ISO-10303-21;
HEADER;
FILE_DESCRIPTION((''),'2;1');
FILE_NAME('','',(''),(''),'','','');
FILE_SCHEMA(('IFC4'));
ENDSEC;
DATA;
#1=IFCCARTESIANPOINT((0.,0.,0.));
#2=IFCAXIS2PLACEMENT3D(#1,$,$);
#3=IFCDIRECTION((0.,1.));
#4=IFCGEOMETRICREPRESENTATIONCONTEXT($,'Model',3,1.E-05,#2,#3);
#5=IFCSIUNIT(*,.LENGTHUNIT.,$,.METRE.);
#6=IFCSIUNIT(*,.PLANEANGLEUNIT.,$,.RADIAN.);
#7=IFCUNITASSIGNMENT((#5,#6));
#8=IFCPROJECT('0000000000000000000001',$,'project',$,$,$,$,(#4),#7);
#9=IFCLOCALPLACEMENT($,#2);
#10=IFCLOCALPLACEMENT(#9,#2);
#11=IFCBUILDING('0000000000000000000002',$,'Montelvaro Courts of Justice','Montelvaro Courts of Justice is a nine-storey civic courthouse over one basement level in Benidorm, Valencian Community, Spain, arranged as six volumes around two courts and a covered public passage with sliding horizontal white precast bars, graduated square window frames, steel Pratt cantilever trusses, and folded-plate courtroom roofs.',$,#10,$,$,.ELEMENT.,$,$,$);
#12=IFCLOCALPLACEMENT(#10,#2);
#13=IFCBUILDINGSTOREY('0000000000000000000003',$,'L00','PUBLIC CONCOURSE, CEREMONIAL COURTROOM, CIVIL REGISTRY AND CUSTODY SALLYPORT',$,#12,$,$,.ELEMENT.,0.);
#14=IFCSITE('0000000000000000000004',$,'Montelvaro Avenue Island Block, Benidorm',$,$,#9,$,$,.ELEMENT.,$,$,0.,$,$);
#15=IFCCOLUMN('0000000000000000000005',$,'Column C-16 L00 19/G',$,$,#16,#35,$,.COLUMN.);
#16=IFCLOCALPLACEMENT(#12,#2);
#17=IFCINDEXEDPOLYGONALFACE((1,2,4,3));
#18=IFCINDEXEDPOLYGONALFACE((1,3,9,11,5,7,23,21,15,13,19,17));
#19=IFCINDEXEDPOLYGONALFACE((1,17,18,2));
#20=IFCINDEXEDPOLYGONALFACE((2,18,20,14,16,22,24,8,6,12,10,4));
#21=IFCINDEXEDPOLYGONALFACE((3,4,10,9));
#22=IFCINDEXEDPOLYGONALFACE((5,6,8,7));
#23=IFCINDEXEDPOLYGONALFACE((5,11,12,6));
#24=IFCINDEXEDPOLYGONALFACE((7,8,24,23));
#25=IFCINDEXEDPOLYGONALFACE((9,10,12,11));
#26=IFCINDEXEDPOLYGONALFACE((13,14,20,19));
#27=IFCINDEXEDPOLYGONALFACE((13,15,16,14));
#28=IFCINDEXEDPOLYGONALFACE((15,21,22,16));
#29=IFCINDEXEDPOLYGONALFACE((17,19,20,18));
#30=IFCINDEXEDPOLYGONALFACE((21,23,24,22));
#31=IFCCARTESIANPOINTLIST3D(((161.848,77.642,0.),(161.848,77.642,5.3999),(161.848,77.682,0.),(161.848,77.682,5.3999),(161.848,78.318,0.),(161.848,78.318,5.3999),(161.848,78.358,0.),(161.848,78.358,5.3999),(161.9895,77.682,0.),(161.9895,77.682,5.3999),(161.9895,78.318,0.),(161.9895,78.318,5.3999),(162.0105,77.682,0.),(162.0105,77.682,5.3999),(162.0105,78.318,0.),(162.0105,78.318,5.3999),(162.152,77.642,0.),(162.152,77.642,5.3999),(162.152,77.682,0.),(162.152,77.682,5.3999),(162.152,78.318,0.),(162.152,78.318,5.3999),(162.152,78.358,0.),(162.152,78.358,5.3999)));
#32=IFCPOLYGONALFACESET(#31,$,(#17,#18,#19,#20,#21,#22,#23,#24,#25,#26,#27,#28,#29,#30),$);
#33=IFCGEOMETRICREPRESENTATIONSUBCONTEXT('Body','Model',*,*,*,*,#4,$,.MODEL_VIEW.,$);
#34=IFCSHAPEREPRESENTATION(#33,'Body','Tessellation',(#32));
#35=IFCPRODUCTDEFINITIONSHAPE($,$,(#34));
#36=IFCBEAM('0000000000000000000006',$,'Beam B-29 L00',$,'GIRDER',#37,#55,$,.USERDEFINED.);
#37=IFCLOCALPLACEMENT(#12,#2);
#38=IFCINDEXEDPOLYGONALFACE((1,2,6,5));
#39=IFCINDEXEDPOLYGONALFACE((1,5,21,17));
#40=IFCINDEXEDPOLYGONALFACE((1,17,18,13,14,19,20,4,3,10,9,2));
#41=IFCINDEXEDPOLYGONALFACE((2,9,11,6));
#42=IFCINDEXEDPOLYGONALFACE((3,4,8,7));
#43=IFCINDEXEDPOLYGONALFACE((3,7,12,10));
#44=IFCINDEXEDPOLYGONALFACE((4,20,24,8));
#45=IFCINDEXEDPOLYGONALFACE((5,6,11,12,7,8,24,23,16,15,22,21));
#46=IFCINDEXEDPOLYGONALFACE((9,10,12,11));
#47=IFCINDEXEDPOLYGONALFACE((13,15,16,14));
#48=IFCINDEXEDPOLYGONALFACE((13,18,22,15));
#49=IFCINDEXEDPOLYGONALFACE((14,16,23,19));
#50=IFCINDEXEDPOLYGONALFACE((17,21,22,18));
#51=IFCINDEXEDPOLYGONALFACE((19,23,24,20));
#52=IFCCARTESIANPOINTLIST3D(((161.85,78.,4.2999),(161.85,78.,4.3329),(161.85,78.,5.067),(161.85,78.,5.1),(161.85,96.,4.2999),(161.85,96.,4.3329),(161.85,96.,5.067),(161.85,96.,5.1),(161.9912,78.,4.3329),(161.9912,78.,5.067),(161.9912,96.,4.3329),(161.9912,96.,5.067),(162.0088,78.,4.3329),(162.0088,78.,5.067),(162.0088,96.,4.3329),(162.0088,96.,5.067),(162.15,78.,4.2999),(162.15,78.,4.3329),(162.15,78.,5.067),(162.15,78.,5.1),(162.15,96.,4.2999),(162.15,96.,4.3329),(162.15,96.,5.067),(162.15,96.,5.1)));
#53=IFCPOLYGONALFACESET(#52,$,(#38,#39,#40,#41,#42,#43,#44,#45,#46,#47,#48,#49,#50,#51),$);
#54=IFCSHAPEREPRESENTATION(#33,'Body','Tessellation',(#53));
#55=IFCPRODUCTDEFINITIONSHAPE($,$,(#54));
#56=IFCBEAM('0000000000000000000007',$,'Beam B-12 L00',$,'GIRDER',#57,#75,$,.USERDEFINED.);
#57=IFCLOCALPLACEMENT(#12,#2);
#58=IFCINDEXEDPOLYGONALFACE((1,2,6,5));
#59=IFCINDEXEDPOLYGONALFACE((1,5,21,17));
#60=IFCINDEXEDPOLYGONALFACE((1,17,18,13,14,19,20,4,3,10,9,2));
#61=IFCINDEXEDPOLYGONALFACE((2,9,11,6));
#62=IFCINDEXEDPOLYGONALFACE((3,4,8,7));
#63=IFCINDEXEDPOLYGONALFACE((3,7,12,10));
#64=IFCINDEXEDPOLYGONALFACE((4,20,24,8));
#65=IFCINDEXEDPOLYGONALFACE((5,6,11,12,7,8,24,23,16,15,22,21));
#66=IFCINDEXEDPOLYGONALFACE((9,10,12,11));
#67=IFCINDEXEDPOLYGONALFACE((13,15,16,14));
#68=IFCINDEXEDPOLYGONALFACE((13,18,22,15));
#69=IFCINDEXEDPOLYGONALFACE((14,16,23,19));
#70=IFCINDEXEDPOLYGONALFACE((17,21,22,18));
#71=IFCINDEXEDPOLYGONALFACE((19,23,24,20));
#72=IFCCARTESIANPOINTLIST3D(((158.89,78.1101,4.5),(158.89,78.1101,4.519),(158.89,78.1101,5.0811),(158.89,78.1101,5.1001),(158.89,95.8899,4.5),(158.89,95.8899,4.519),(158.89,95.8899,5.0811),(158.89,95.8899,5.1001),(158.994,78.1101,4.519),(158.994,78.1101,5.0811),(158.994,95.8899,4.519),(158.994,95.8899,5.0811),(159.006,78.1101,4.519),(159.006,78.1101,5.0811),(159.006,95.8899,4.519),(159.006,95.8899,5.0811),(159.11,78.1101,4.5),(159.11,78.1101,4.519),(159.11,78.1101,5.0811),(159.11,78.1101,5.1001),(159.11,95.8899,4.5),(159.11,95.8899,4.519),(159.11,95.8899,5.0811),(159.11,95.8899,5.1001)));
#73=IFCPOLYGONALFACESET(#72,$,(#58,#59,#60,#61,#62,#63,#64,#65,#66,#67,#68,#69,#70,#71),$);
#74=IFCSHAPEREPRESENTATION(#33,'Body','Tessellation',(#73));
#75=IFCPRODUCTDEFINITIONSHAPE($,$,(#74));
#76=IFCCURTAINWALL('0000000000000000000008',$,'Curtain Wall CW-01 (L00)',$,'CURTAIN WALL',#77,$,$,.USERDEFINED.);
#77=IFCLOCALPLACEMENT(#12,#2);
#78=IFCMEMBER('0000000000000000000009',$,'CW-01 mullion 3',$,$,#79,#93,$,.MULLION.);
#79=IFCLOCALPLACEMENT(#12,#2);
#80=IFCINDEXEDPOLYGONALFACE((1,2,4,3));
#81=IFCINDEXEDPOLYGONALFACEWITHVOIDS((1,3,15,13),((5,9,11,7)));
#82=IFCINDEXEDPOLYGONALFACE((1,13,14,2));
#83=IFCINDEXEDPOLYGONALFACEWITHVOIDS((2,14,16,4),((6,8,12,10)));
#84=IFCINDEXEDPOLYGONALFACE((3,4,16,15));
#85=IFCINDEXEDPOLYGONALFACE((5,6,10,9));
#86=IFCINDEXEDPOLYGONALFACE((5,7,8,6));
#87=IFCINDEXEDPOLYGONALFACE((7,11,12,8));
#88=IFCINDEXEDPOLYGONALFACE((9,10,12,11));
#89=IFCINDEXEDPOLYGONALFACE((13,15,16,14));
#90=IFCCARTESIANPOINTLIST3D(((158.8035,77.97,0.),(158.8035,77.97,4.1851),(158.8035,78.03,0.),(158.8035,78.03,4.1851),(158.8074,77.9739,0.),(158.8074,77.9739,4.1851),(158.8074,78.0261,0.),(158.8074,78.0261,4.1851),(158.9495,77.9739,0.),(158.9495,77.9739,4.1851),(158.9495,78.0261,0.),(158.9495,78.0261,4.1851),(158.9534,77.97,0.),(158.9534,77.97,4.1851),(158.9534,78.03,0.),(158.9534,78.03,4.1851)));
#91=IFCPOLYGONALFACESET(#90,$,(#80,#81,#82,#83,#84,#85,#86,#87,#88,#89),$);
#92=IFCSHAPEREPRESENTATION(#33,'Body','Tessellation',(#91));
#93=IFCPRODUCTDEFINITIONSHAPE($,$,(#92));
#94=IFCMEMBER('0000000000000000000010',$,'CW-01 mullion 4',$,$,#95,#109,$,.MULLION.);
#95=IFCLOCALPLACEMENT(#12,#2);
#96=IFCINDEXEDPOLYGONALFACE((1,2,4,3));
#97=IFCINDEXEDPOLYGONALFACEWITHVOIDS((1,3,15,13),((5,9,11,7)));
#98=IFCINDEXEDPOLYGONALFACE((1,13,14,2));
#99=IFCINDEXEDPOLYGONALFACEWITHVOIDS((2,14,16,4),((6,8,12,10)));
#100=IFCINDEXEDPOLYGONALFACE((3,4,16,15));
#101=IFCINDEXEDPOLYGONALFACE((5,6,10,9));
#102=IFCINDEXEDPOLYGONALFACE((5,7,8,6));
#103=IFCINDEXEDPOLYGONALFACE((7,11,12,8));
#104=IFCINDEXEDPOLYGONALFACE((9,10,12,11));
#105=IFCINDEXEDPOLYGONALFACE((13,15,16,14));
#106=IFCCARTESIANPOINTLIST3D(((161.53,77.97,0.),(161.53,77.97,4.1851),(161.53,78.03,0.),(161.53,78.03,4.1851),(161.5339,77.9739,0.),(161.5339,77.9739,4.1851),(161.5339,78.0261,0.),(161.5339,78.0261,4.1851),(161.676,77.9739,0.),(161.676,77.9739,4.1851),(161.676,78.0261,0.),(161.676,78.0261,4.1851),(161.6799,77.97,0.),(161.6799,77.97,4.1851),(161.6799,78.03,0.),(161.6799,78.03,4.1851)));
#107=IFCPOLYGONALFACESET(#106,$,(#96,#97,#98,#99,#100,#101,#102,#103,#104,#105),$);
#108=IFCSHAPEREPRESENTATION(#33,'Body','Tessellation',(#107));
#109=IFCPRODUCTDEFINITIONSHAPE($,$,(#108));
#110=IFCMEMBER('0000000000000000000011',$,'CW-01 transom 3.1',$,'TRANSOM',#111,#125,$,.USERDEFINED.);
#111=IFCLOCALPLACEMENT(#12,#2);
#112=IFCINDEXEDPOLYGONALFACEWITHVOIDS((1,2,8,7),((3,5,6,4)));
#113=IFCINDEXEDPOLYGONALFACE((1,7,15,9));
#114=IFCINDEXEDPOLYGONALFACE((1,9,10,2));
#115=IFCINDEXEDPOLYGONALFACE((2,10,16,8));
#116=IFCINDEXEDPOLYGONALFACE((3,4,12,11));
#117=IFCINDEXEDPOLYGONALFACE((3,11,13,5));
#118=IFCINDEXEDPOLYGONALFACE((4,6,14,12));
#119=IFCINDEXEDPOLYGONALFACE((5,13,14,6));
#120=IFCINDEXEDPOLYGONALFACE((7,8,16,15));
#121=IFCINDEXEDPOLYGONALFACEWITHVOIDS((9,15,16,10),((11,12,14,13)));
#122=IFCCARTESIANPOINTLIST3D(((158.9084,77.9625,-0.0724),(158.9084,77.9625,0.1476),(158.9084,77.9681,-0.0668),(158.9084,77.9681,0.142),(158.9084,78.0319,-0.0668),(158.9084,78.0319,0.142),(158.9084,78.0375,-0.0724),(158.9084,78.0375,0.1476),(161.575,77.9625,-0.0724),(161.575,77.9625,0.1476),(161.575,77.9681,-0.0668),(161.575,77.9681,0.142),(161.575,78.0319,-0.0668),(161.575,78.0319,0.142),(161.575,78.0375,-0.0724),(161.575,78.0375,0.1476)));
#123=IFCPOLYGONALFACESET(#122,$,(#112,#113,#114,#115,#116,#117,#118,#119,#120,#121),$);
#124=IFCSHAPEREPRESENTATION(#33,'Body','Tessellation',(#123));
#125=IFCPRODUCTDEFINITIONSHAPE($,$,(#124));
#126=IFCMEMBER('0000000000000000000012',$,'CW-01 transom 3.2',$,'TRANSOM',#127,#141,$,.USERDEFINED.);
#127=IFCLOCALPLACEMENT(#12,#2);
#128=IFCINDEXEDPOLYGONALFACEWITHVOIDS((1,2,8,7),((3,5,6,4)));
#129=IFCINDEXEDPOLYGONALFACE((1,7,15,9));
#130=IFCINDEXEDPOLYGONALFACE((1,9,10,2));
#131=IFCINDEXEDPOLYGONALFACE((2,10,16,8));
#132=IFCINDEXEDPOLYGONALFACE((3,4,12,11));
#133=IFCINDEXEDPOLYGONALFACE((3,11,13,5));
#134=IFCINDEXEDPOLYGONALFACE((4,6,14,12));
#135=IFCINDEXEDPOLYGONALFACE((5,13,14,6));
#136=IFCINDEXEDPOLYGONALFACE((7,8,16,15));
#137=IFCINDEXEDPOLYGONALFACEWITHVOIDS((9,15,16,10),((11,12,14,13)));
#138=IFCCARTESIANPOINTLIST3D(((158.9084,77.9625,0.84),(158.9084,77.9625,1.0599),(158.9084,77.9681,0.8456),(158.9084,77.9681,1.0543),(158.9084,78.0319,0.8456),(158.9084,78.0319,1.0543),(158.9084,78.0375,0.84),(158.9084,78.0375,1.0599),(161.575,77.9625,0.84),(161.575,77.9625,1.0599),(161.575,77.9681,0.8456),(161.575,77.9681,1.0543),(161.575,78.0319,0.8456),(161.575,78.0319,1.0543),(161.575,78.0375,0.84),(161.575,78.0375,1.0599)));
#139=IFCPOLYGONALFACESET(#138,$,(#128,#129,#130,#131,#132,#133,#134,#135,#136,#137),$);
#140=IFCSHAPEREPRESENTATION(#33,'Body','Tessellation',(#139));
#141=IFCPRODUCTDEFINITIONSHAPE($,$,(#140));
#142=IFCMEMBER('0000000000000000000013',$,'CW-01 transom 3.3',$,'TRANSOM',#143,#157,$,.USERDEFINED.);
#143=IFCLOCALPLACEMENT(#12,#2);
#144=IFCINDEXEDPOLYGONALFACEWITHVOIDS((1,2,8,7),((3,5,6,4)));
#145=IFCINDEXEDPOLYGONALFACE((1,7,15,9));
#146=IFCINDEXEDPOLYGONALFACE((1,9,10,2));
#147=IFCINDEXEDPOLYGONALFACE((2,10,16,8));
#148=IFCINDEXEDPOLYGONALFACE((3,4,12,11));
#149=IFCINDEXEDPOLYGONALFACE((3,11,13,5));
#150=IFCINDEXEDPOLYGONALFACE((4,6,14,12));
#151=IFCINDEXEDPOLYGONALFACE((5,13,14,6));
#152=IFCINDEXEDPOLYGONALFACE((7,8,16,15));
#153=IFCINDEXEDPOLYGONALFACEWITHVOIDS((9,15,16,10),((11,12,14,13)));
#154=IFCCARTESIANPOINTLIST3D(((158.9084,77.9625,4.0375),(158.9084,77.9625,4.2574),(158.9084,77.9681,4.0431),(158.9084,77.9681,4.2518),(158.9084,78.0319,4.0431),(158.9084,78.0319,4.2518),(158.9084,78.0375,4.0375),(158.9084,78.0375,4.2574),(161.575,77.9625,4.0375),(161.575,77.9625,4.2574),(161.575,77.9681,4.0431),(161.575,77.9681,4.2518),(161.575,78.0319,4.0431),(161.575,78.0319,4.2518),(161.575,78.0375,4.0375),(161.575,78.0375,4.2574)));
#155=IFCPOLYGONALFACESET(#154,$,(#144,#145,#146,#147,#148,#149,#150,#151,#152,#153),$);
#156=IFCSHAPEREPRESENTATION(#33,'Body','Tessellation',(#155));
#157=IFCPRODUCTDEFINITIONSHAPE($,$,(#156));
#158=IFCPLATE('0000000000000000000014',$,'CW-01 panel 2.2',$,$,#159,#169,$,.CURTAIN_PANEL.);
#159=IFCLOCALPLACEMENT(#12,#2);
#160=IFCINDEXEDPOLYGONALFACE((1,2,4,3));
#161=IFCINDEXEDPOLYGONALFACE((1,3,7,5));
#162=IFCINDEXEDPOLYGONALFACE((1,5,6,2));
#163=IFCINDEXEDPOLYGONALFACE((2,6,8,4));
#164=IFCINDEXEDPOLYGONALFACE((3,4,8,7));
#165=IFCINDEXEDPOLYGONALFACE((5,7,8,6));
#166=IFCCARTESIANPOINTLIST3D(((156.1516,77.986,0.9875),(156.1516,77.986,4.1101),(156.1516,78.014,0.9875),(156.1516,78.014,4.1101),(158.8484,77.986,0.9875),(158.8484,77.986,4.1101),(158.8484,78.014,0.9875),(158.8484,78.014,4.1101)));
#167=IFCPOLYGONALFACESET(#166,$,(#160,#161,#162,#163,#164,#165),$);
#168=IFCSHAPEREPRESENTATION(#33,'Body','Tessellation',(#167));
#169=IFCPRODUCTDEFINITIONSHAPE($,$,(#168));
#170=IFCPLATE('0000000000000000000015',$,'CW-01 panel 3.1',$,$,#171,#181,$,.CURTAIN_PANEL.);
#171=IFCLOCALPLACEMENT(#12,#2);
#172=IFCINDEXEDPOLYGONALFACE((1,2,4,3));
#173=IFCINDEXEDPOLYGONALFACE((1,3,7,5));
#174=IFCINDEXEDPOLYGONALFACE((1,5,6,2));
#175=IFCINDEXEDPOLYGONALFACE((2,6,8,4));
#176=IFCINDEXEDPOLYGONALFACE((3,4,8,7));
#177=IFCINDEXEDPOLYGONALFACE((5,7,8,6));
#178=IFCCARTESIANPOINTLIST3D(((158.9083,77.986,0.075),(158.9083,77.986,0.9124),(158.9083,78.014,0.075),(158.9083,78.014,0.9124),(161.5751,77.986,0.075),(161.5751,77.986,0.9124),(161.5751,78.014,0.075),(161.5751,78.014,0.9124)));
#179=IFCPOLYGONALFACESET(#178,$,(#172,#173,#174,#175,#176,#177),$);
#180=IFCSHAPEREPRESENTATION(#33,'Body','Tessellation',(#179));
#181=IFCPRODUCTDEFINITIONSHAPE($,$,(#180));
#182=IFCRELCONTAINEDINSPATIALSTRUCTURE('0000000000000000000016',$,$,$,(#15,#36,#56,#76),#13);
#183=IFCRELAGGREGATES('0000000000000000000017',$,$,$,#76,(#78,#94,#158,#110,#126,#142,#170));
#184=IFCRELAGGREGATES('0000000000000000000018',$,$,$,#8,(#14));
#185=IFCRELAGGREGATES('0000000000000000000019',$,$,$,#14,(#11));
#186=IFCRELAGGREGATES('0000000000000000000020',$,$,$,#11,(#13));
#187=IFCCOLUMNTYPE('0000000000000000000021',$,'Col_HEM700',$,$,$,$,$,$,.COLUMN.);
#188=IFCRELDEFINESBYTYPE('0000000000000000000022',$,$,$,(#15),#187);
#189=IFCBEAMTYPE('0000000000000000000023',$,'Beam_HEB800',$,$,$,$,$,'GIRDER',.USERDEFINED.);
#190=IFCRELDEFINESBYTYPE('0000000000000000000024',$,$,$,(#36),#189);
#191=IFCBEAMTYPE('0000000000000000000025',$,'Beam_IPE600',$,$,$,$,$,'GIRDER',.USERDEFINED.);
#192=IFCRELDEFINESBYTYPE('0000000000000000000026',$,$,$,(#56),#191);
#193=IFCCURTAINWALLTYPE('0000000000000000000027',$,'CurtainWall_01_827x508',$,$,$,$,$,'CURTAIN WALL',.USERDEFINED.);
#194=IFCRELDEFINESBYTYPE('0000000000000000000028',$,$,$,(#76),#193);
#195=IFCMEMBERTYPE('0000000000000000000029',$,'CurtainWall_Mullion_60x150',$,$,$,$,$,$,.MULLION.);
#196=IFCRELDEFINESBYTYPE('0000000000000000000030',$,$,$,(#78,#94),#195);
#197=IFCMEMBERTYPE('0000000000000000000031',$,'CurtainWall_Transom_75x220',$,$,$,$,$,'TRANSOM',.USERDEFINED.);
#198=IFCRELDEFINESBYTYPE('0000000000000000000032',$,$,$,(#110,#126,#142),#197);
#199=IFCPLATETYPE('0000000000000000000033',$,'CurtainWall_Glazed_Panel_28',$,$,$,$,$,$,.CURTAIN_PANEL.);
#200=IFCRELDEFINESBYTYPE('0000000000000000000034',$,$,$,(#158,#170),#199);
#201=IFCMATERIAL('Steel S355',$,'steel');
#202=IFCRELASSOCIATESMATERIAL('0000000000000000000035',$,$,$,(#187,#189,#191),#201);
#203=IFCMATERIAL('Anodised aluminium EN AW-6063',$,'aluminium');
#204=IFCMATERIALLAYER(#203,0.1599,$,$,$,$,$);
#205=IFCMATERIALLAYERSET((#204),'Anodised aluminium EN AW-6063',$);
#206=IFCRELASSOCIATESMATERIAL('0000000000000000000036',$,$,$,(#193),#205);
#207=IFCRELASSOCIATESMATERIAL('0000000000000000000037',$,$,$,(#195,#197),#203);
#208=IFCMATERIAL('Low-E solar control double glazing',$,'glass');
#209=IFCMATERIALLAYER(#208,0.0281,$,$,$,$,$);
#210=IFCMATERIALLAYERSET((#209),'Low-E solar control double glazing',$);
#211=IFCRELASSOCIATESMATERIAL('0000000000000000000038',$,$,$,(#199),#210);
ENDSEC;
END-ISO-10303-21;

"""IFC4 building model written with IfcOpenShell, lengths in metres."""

from ifc_helpers import new_model, si_unit, direction, frame, origin, origin_2d, place, context, subcontext, project, spatial, rectangle, hollow_rectangle, i_section, extrude, material, layer, layer_set, material_profile, profile_set, type_object, element, aggregate, save


model = new_model("IFC4")

# Units and contexts
model_context = context("Model", 3, precision=1e-05, world=origin(), true_north=direction((0.0, 1.0)))
body_context = subcontext(model_context, "Body", "Model", "MODEL_VIEW")
ifc_project = project(units=[si_unit("LENGTHUNIT", "METRE"), si_unit("PLANEANGLEUNIT", "RADIAN")], contexts=[model_context])

# Site, building, storey
site_placement = place(None, origin())
site = spatial("IfcSite", under=ifc_project, at=site_placement, Name="Montelvaro Avenue Island Block, Benidorm", CompositionType="ELEMENT", RefElevation=0.0)
building_placement = place(site_placement, origin())
building = spatial("IfcBuilding", under=site, at=building_placement, Name="Montelvaro Courts of Justice", Description="Montelvaro Courts of Justice is a nine-storey civic courthouse over one basement level in Benidorm, Valencian Community, Spain, arranged as six volumes around two courts and a covered public passage with sliding horizontal white precast bars, graduated square window frames, steel Pratt cantilever trusses, and folded-plate courtroom roofs.", CompositionType="ELEMENT")
storey_placement = place(building_placement, origin())
storey = spatial("IfcBuildingStorey", under=building, at=storey_placement, Name="L00", Description="PUBLIC CONCOURSE, CEREMONIAL COURTROOM, CIVIL REGISTRY AND CUSTODY SALLYPORT", CompositionType="ELEMENT", Elevation=0.0)

# Column
ifc_material_1 = material(Name="Steel S355", Category="steel")
ifc_material_profile_1 = material_profile(ifc_material_1, i_section(OverallWidth=0.304, OverallDepth=0.7161, WebThickness=0.021, FlangeThickness=0.04, at=origin_2d()), Name="HEM 700")
ifc_profile_set_1 = profile_set([ifc_material_profile_1], Name="Steel S355")
column_type = type_object("IfcColumnType", Name="Col_HEM700", PredefinedType="COLUMN", material=ifc_profile_set_1)
column_placement = place(storey_placement, frame((162.0, 78.0, 0.0), z_axis=(0.0, 0.0, 1.0), x_axis=(1.0, 0.0, 0.0)))
element("IfcColumn", 1, at=column_placement, inside=storey, type_object=column_type, Name="Column C-16 L00 19/G", PredefinedType="COLUMN", context=body_context, shape_type="SweptSolid", body=[
    extrude(i_section(OverallWidth=0.304, OverallDepth=0.7161, WebThickness=0.021, FlangeThickness=0.04, at=origin_2d()), origin(), (0.0, 0.0, 1.0), 5.3999),
])

# Beams
ifc_material_profile_2 = material_profile(ifc_material_1, i_section(OverallWidth=0.3, OverallDepth=0.8, WebThickness=0.0176, FlangeThickness=0.033, at=origin_2d()), Name="HEB 800")
ifc_profile_set_2 = profile_set([ifc_material_profile_2], Name="Steel S355")
beam_type_1 = type_object("IfcBeamType", Name="Beam_HEB800", ElementType="GIRDER", PredefinedType="USERDEFINED", material=ifc_profile_set_2)
beam_1_placement = place(storey_placement, frame((162.0, 78.0, 4.7), z_axis=(0.0, 1.0, 0.0), x_axis=(-1.0, 0.0, 0.0)))
element("IfcBeam", 2, at=beam_1_placement, inside=storey, type_object=beam_type_1, Name="Beam B-29 L00", ObjectType="GIRDER", PredefinedType="USERDEFINED", context=body_context, shape_type="SweptSolid", body=[
    extrude(i_section(OverallWidth=0.3, OverallDepth=0.8, WebThickness=0.0176, FlangeThickness=0.033, at=origin_2d()), origin(), (0.0, 0.0, 1.0), 18.0),
])
ifc_material_profile_3 = material_profile(ifc_material_1, i_section(OverallWidth=0.22, OverallDepth=0.6001, WebThickness=0.012, FlangeThickness=0.019, at=origin_2d()), Name="IPE 600")
ifc_profile_set_3 = profile_set([ifc_material_profile_3], Name="Steel S355")
beam_type_2 = type_object("IfcBeamType", Name="Beam_IPE600", ElementType="GIRDER", PredefinedType="USERDEFINED", material=ifc_profile_set_3)
beam_2_placement = place(storey_placement, frame((159.0, 78.1101, 4.8), z_axis=(0.0, 1.0, 0.0), x_axis=(-1.0, 0.0, 0.0)))
element("IfcBeam", 3, at=beam_2_placement, inside=storey, type_object=beam_type_2, Name="Beam B-12 L00", ObjectType="GIRDER", PredefinedType="USERDEFINED", context=body_context, shape_type="SweptSolid", body=[
    extrude(i_section(OverallWidth=0.22, OverallDepth=0.6001, WebThickness=0.012, FlangeThickness=0.019, at=origin_2d()), origin(), (0.0, 0.0, 1.0), 17.7798),
])

# Curtain wall, members, plates
ifc_material_2 = material(Name="Anodised aluminium EN AW-6063", Category="aluminium")
ifc_layer_1 = layer(ifc_material_2, 0.1599)
ifc_layer_set_1 = layer_set([ifc_layer_1], Name="Anodised aluminium EN AW-6063")
curtain_wall_type = type_object("IfcCurtainWallType", Name="CurtainWall_01_827x508", ElementType="CURTAIN WALL", PredefinedType="USERDEFINED", material=ifc_layer_set_1)
curtain_wall_placement = place(storey_placement, origin())
curtain_wall = element("IfcCurtainWall", 4, at=curtain_wall_placement, inside=storey, type_object=curtain_wall_type, Name="Curtain Wall CW-01 (L00)", ObjectType="CURTAIN WALL", PredefinedType="USERDEFINED")
ifc_material_profile_4 = material_profile(ifc_material_2, hollow_rectangle(XDim=0.0601, YDim=0.1499, WallThickness=0.0039, at=origin_2d()), Name="ALU-M 60x150")
ifc_profile_set_4 = profile_set([ifc_material_profile_4], Name="Anodised aluminium EN AW-6063")
member_type_1 = type_object("IfcMemberType", Name="CurtainWall_Mullion_60x150", PredefinedType="MULLION", material=ifc_profile_set_4)
member_1_placement = place(storey_placement, frame((158.8784, 78.0, 0.0), z_axis=(0.0, 0.0, 1.0), x_axis=(0.0, 1.0, 0.0)))
member_1 = element("IfcMember", 5, at=member_1_placement, type_object=member_type_1, Name="CW-01 mullion 3", PredefinedType="MULLION", context=body_context, shape_type="SweptSolid", body=[
    extrude(hollow_rectangle(XDim=0.0601, YDim=0.1499, WallThickness=0.0039, at=origin_2d()), origin(), (0.0, 0.0, 1.0), 4.1851),
])
member_2_placement = place(storey_placement, frame((161.605, 78.0, 0.0), z_axis=(0.0, 0.0, 1.0), x_axis=(0.0, 1.0, 0.0)))
member_2 = element("IfcMember", 6, at=member_2_placement, type_object=member_type_1, Name="CW-01 mullion 4", PredefinedType="MULLION", context=body_context, shape_type="SweptSolid", body=[
    extrude(hollow_rectangle(XDim=0.0601, YDim=0.1499, WallThickness=0.0039, at=origin_2d()), origin(), (0.0, 0.0, 1.0), 4.1851),
])
ifc_material_profile_5 = material_profile(ifc_material_2, hollow_rectangle(XDim=0.075, YDim=0.22, WallThickness=0.0056, at=origin_2d()), Name="ALU-T 75x220")
ifc_profile_set_5 = profile_set([ifc_material_profile_5], Name="Anodised aluminium EN AW-6063")
member_type_2 = type_object("IfcMemberType", Name="CurtainWall_Transom_75x220", ElementType="TRANSOM", PredefinedType="USERDEFINED", material=ifc_profile_set_5)
member_3_placement = place(storey_placement, frame((158.9084, 78.0, 0.0376), z_axis=(1.0, 0.0, 0.0), x_axis=(0.0, 1.0, 0.0)))
member_3 = element("IfcMember", 7, at=member_3_placement, type_object=member_type_2, Name="CW-01 transom 3.1", ObjectType="TRANSOM", PredefinedType="USERDEFINED", context=body_context, shape_type="SweptSolid", body=[
    extrude(hollow_rectangle(XDim=0.075, YDim=0.22, WallThickness=0.0056, at=origin_2d()), origin(), (0.0, 0.0, 1.0), 2.6665),
])
member_4_placement = place(storey_placement, frame((158.9084, 78.0, 0.95), z_axis=(1.0, 0.0, 0.0), x_axis=(0.0, 1.0, 0.0)))
member_4 = element("IfcMember", 8, at=member_4_placement, type_object=member_type_2, Name="CW-01 transom 3.2", ObjectType="TRANSOM", PredefinedType="USERDEFINED", context=body_context, shape_type="SweptSolid", body=[
    extrude(hollow_rectangle(XDim=0.075, YDim=0.22, WallThickness=0.0056, at=origin_2d()), origin(), (0.0, 0.0, 1.0), 2.6665),
])
member_5_placement = place(storey_placement, frame((158.9084, 78.0, 4.1475), z_axis=(1.0, 0.0, 0.0), x_axis=(0.0, 1.0, 0.0)))
member_5 = element("IfcMember", 9, at=member_5_placement, type_object=member_type_2, Name="CW-01 transom 3.3", ObjectType="TRANSOM", PredefinedType="USERDEFINED", context=body_context, shape_type="SweptSolid", body=[
    extrude(hollow_rectangle(XDim=0.075, YDim=0.22, WallThickness=0.0056, at=origin_2d()), origin(), (0.0, 0.0, 1.0), 2.6665),
])
ifc_material_3 = material(Name="Low-E solar control double glazing", Category="glass")
ifc_layer_2 = layer(ifc_material_3, 0.0281)
ifc_layer_set_2 = layer_set([ifc_layer_2], Name="Low-E solar control double glazing")
plate_type = type_object("IfcPlateType", Name="CurtainWall_Glazed_Panel_28", PredefinedType="CURTAIN_PANEL", material=ifc_layer_set_2)
plate_1_placement = place(storey_placement, frame((157.5, 78.0, 0.9875), z_axis=(0.0, 0.0, 1.0), x_axis=(1.0, 0.0, 0.0)))
plate_1 = element("IfcPlate", 10, at=plate_1_placement, type_object=plate_type, Name="CW-01 panel 2.2", PredefinedType="CURTAIN_PANEL", context=body_context, shape_type="SweptSolid", body=[
    extrude(rectangle(XDim=2.6968, YDim=0.0281, at=origin_2d()), origin(), (0.0, 0.0, 1.0), 3.1226),
])
plate_2_placement = place(storey_placement, frame((160.2417, 78.0, 0.075), z_axis=(0.0, 0.0, 1.0), x_axis=(1.0, 0.0, 0.0)))
plate_2 = element("IfcPlate", 11, at=plate_2_placement, type_object=plate_type, Name="CW-01 panel 3.1", PredefinedType="CURTAIN_PANEL", context=body_context, shape_type="SweptSolid", body=[
    extrude(rectangle(XDim=2.6667, YDim=0.0281, at=origin_2d()), origin(), (0.0, 0.0, 1.0), 0.8374),
])
aggregate(curtain_wall, [member_1, member_2, plate_1, member_3, member_4, member_5, plate_2])

save(model, "model.ifc")
